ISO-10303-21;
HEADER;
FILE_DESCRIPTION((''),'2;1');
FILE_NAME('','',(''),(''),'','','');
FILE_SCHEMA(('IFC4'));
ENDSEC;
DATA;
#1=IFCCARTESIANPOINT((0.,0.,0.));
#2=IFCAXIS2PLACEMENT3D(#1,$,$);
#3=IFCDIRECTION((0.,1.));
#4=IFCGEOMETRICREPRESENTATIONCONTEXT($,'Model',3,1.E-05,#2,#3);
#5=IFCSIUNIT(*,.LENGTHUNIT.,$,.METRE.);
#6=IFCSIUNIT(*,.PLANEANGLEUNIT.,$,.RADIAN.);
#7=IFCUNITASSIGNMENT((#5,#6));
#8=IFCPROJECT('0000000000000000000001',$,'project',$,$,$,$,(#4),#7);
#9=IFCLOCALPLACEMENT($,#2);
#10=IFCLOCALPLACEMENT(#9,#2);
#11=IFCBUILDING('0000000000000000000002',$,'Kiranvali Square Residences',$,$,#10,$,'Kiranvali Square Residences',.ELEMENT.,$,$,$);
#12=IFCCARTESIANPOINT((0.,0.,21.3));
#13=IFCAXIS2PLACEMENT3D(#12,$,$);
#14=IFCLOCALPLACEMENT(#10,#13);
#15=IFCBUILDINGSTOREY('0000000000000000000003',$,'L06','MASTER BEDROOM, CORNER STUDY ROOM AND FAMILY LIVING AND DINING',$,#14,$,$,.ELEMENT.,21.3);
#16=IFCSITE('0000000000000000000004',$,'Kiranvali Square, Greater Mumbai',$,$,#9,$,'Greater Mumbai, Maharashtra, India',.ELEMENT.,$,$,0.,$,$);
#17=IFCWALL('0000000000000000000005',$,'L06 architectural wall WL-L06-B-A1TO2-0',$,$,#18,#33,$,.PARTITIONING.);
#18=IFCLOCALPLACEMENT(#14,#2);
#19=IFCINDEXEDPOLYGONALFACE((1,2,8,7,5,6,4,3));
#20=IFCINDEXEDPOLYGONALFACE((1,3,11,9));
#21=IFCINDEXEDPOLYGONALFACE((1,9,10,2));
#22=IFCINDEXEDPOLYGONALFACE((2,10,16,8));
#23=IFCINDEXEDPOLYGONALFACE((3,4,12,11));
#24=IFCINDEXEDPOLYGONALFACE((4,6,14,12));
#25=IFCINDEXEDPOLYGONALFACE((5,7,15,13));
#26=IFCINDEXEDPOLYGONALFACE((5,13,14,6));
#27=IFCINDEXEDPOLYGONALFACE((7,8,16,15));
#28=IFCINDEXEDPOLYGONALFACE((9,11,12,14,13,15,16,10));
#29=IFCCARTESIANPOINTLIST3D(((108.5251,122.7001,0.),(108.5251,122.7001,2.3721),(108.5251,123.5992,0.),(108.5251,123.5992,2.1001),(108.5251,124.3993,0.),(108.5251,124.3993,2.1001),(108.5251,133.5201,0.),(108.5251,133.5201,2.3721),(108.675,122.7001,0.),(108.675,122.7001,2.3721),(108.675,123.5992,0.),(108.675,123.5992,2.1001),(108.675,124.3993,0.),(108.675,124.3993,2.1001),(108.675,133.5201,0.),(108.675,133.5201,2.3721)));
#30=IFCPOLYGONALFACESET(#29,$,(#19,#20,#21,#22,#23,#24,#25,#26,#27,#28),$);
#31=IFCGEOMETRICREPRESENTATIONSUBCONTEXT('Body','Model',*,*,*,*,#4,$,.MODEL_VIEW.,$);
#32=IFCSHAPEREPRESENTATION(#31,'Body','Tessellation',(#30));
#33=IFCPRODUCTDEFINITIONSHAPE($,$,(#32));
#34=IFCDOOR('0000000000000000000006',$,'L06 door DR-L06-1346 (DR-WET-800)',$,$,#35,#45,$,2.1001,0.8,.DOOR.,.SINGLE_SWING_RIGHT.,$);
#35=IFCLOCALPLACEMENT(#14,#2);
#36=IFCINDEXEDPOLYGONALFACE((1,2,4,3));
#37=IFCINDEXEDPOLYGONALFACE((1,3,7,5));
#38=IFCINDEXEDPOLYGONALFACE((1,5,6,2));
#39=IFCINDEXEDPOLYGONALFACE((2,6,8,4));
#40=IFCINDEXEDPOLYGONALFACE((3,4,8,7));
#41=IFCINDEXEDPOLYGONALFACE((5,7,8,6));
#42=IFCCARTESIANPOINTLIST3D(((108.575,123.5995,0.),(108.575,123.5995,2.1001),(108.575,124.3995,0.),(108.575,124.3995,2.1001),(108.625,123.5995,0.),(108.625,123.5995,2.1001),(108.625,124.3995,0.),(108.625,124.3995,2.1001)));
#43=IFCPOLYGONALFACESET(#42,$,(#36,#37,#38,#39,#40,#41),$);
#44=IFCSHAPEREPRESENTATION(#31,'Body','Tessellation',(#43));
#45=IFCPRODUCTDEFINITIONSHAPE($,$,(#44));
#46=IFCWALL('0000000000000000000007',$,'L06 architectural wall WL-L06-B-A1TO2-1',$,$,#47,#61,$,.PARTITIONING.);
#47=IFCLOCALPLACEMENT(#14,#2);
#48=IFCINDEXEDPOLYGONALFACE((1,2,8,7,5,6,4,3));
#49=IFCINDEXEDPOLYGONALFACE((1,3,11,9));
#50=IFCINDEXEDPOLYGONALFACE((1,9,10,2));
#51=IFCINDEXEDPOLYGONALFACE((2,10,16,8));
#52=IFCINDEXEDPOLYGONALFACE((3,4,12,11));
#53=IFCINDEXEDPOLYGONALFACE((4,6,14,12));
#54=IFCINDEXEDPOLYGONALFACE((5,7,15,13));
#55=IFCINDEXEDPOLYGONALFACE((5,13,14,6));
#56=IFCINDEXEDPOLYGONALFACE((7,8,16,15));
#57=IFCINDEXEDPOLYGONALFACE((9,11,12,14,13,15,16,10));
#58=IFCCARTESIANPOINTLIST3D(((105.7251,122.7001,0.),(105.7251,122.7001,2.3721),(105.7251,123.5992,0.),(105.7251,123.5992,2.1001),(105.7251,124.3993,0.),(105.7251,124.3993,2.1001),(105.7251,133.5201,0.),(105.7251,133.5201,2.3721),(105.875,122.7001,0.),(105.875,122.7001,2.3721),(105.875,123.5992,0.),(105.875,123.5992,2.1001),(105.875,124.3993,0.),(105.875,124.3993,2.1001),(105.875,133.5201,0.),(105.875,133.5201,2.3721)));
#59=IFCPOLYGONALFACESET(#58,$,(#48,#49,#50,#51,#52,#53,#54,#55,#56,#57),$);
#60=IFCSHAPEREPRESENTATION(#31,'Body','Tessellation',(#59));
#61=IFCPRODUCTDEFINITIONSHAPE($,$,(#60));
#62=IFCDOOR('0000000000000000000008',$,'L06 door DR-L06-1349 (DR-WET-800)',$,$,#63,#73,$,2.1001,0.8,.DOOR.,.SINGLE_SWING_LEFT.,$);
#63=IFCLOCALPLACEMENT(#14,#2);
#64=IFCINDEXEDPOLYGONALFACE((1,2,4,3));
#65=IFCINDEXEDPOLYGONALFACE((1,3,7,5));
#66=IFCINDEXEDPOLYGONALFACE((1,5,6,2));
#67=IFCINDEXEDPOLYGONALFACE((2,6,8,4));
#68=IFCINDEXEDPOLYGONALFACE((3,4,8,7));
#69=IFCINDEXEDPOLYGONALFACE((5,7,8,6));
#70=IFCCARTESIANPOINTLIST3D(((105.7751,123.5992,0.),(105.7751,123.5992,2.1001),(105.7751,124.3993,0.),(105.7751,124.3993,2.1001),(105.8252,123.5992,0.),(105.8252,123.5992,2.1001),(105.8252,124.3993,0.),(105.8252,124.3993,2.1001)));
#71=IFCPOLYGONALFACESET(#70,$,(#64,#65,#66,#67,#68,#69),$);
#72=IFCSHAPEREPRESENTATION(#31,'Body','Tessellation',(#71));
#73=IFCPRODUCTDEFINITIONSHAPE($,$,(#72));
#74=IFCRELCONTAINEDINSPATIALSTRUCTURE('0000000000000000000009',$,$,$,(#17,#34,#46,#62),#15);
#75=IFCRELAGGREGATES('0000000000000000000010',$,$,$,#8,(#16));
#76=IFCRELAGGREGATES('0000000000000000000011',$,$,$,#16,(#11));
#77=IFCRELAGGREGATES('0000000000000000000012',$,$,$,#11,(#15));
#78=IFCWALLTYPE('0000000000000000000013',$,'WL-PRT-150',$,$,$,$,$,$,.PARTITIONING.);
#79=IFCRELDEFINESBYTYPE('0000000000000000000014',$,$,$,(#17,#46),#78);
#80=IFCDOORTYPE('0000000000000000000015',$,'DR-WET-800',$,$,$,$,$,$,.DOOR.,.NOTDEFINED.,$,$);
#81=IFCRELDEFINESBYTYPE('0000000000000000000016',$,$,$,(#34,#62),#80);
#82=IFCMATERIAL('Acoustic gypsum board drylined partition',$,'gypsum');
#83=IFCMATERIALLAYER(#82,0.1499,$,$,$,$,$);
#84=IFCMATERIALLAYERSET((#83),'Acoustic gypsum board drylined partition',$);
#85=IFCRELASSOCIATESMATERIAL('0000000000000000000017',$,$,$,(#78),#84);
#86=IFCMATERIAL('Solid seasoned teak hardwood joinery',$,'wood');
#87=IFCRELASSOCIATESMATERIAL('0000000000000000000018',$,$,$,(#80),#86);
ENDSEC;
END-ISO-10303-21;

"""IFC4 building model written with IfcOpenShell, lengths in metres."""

from ifc_helpers import new_model, si_unit, direction, frame, frame_2d, origin, place, context, subcontext, project, spatial, rectangle, extrude, material, layer, layer_set, type_object, element, fill, save


model = new_model("IFC4")

# Units and contexts
model_context = context("Model", 3, precision=1e-05, world=origin(), true_north=direction((0.0, 1.0)))
body_context = subcontext(model_context, "Body", "Model", "MODEL_VIEW")
ifc_project = project(units=[si_unit("LENGTHUNIT", "METRE"), si_unit("PLANEANGLEUNIT", "RADIAN")], contexts=[model_context])

# Site, building, storey
site_placement = place(None, origin())
site = spatial("IfcSite", under=ifc_project, at=site_placement, Name="Kiranvali Square, Greater Mumbai", LongName="Greater Mumbai, Maharashtra, India", CompositionType="ELEMENT", RefElevation=0.0)
building_placement = place(site_placement, origin())
building = spatial("IfcBuilding", under=site, at=building_placement, Name="Kiranvali Square Residences", LongName="Kiranvali Square Residences", CompositionType="ELEMENT")
storey_placement = place(building_placement, frame((0.0, 0.0, 21.3)))
storey = spatial("IfcBuildingStorey", under=building, at=storey_placement, Name="L06", Description="MASTER BEDROOM, CORNER STUDY ROOM AND FAMILY LIVING AND DINING", CompositionType="ELEMENT", Elevation=21.3)

# Walls, openings, doors
ifc_material_1 = material(Name="Acoustic gypsum board drylined partition", Category="gypsum")
ifc_layer_1 = layer(ifc_material_1, 0.1499)
ifc_layer_set_1 = layer_set([ifc_layer_1], Name="Acoustic gypsum board drylined partition")
wall_type_1 = type_object("IfcWallType", Name="WL-PRT-150", PredefinedType="PARTITIONING", material=ifc_layer_set_1)
wall_1_placement = place(storey_placement, frame((108.6001, 122.7, 0.0), z_axis=(0.0, 0.0, 1.0), x_axis=(0.0, 1.0, 0.0)))
wall_1 = element("IfcWall", 1, at=wall_1_placement, inside=storey, type_object=wall_type_1, Name="L06 architectural wall WL-L06-B-A1TO2-0", PredefinedType="PARTITIONING", context=body_context, shape_type="SweptSolid", body=[
    extrude(rectangle(XDim=10.8201, YDim=0.1499, at=frame_2d((5.4102, 0.0))), origin(), (0.0, 0.0, 1.0), 2.3721),
])
opening_1_placement = place(wall_1_placement, frame((0.8994, 0.0, 0.0)))
opening_1 = element("IfcOpeningElement", 2, at=opening_1_placement, cuts=wall_1, PredefinedType="OPENING", context=body_context, shape_type="SweptSolid", body=[
    extrude(rectangle(XDim=0.8, YDim=2.1001, at=frame_2d((0.3999, 1.05))), frame((0.0, 0.085, 0.0), z_axis=(0.0, -1.0, 0.0), x_axis=(1.0, 0.0, 0.0)), (0.0, 0.0, 1.0), 0.1699),
])
ifc_material_2 = material(Name="Solid seasoned teak hardwood joinery", Category="wood")
door_type = type_object("IfcDoorType", Name="DR-WET-800", OperationType="NOTDEFINED", PredefinedType="DOOR", material=ifc_material_2)
door_1_placement = place(opening_1_placement, frame((0.8, 0.0, 0.0), z_axis=(0.0, 0.0, 1.0), x_axis=(-1.0, 0.0, 0.0)))
door_1 = element("IfcDoor", 3, at=door_1_placement, inside=storey, type_object=door_type, Name="L06 door DR-L06-1346 (DR-WET-800)", OperationType="SINGLE_SWING_RIGHT", OverallHeight=2.1001, OverallWidth=0.8, PredefinedType="DOOR", context=body_context, shape_type="SweptSolid", body=[
    extrude(rectangle(XDim=0.8, YDim=2.1001, at=frame_2d((0.3999, 1.05))), frame((0.0, 0.0249, 0.0), z_axis=(0.0, -1.0, 0.0), x_axis=(1.0, 0.0, 0.0)), (0.0, 0.0, 1.0), 0.05),
])
fill(opening_1, door_1)
wall_2_placement = place(storey_placement, frame((105.8, 122.7, 0.0), z_axis=(0.0, 0.0, 1.0), x_axis=(0.0, 1.0, 0.0)))
wall_2 = element("IfcWall", 4, at=wall_2_placement, inside=storey, type_object=wall_type_1, Name="L06 architectural wall WL-L06-B-A1TO2-1", PredefinedType="PARTITIONING", context=body_context, shape_type="SweptSolid", body=[
    extrude(rectangle(XDim=10.8201, YDim=0.1499, at=frame_2d((5.4102, 0.0))), origin(), (0.0, 0.0, 1.0), 2.3721),
])
opening_2_placement = place(wall_2_placement, frame((0.8994, 0.0, 0.0)))
opening_2 = element("IfcOpeningElement", 5, at=opening_2_placement, cuts=wall_2, PredefinedType="OPENING", context=body_context, shape_type="SweptSolid", body=[
    extrude(rectangle(XDim=0.8, YDim=2.1001, at=frame_2d((0.3999, 1.05))), frame((0.0, 0.085, 0.0), z_axis=(0.0, -1.0, 0.0), x_axis=(1.0, 0.0, 0.0)), (0.0, 0.0, 1.0), 0.1699),
])
door_2_placement = place(opening_2_placement, origin())
door_2 = element("IfcDoor", 6, at=door_2_placement, inside=storey, type_object=door_type, Name="L06 door DR-L06-1349 (DR-WET-800)", OperationType="SINGLE_SWING_LEFT", OverallHeight=2.1001, OverallWidth=0.8, PredefinedType="DOOR", context=body_context, shape_type="SweptSolid", body=[
    extrude(rectangle(XDim=0.8, YDim=2.1001, at=frame_2d((0.3999, 1.05))), frame((0.0, 0.0249, 0.0), z_axis=(0.0, -1.0, 0.0), x_axis=(1.0, 0.0, 0.0)), (0.0, 0.0, 1.0), 0.05),
])
fill(opening_2, door_2)

save(model, "model.ifc")
